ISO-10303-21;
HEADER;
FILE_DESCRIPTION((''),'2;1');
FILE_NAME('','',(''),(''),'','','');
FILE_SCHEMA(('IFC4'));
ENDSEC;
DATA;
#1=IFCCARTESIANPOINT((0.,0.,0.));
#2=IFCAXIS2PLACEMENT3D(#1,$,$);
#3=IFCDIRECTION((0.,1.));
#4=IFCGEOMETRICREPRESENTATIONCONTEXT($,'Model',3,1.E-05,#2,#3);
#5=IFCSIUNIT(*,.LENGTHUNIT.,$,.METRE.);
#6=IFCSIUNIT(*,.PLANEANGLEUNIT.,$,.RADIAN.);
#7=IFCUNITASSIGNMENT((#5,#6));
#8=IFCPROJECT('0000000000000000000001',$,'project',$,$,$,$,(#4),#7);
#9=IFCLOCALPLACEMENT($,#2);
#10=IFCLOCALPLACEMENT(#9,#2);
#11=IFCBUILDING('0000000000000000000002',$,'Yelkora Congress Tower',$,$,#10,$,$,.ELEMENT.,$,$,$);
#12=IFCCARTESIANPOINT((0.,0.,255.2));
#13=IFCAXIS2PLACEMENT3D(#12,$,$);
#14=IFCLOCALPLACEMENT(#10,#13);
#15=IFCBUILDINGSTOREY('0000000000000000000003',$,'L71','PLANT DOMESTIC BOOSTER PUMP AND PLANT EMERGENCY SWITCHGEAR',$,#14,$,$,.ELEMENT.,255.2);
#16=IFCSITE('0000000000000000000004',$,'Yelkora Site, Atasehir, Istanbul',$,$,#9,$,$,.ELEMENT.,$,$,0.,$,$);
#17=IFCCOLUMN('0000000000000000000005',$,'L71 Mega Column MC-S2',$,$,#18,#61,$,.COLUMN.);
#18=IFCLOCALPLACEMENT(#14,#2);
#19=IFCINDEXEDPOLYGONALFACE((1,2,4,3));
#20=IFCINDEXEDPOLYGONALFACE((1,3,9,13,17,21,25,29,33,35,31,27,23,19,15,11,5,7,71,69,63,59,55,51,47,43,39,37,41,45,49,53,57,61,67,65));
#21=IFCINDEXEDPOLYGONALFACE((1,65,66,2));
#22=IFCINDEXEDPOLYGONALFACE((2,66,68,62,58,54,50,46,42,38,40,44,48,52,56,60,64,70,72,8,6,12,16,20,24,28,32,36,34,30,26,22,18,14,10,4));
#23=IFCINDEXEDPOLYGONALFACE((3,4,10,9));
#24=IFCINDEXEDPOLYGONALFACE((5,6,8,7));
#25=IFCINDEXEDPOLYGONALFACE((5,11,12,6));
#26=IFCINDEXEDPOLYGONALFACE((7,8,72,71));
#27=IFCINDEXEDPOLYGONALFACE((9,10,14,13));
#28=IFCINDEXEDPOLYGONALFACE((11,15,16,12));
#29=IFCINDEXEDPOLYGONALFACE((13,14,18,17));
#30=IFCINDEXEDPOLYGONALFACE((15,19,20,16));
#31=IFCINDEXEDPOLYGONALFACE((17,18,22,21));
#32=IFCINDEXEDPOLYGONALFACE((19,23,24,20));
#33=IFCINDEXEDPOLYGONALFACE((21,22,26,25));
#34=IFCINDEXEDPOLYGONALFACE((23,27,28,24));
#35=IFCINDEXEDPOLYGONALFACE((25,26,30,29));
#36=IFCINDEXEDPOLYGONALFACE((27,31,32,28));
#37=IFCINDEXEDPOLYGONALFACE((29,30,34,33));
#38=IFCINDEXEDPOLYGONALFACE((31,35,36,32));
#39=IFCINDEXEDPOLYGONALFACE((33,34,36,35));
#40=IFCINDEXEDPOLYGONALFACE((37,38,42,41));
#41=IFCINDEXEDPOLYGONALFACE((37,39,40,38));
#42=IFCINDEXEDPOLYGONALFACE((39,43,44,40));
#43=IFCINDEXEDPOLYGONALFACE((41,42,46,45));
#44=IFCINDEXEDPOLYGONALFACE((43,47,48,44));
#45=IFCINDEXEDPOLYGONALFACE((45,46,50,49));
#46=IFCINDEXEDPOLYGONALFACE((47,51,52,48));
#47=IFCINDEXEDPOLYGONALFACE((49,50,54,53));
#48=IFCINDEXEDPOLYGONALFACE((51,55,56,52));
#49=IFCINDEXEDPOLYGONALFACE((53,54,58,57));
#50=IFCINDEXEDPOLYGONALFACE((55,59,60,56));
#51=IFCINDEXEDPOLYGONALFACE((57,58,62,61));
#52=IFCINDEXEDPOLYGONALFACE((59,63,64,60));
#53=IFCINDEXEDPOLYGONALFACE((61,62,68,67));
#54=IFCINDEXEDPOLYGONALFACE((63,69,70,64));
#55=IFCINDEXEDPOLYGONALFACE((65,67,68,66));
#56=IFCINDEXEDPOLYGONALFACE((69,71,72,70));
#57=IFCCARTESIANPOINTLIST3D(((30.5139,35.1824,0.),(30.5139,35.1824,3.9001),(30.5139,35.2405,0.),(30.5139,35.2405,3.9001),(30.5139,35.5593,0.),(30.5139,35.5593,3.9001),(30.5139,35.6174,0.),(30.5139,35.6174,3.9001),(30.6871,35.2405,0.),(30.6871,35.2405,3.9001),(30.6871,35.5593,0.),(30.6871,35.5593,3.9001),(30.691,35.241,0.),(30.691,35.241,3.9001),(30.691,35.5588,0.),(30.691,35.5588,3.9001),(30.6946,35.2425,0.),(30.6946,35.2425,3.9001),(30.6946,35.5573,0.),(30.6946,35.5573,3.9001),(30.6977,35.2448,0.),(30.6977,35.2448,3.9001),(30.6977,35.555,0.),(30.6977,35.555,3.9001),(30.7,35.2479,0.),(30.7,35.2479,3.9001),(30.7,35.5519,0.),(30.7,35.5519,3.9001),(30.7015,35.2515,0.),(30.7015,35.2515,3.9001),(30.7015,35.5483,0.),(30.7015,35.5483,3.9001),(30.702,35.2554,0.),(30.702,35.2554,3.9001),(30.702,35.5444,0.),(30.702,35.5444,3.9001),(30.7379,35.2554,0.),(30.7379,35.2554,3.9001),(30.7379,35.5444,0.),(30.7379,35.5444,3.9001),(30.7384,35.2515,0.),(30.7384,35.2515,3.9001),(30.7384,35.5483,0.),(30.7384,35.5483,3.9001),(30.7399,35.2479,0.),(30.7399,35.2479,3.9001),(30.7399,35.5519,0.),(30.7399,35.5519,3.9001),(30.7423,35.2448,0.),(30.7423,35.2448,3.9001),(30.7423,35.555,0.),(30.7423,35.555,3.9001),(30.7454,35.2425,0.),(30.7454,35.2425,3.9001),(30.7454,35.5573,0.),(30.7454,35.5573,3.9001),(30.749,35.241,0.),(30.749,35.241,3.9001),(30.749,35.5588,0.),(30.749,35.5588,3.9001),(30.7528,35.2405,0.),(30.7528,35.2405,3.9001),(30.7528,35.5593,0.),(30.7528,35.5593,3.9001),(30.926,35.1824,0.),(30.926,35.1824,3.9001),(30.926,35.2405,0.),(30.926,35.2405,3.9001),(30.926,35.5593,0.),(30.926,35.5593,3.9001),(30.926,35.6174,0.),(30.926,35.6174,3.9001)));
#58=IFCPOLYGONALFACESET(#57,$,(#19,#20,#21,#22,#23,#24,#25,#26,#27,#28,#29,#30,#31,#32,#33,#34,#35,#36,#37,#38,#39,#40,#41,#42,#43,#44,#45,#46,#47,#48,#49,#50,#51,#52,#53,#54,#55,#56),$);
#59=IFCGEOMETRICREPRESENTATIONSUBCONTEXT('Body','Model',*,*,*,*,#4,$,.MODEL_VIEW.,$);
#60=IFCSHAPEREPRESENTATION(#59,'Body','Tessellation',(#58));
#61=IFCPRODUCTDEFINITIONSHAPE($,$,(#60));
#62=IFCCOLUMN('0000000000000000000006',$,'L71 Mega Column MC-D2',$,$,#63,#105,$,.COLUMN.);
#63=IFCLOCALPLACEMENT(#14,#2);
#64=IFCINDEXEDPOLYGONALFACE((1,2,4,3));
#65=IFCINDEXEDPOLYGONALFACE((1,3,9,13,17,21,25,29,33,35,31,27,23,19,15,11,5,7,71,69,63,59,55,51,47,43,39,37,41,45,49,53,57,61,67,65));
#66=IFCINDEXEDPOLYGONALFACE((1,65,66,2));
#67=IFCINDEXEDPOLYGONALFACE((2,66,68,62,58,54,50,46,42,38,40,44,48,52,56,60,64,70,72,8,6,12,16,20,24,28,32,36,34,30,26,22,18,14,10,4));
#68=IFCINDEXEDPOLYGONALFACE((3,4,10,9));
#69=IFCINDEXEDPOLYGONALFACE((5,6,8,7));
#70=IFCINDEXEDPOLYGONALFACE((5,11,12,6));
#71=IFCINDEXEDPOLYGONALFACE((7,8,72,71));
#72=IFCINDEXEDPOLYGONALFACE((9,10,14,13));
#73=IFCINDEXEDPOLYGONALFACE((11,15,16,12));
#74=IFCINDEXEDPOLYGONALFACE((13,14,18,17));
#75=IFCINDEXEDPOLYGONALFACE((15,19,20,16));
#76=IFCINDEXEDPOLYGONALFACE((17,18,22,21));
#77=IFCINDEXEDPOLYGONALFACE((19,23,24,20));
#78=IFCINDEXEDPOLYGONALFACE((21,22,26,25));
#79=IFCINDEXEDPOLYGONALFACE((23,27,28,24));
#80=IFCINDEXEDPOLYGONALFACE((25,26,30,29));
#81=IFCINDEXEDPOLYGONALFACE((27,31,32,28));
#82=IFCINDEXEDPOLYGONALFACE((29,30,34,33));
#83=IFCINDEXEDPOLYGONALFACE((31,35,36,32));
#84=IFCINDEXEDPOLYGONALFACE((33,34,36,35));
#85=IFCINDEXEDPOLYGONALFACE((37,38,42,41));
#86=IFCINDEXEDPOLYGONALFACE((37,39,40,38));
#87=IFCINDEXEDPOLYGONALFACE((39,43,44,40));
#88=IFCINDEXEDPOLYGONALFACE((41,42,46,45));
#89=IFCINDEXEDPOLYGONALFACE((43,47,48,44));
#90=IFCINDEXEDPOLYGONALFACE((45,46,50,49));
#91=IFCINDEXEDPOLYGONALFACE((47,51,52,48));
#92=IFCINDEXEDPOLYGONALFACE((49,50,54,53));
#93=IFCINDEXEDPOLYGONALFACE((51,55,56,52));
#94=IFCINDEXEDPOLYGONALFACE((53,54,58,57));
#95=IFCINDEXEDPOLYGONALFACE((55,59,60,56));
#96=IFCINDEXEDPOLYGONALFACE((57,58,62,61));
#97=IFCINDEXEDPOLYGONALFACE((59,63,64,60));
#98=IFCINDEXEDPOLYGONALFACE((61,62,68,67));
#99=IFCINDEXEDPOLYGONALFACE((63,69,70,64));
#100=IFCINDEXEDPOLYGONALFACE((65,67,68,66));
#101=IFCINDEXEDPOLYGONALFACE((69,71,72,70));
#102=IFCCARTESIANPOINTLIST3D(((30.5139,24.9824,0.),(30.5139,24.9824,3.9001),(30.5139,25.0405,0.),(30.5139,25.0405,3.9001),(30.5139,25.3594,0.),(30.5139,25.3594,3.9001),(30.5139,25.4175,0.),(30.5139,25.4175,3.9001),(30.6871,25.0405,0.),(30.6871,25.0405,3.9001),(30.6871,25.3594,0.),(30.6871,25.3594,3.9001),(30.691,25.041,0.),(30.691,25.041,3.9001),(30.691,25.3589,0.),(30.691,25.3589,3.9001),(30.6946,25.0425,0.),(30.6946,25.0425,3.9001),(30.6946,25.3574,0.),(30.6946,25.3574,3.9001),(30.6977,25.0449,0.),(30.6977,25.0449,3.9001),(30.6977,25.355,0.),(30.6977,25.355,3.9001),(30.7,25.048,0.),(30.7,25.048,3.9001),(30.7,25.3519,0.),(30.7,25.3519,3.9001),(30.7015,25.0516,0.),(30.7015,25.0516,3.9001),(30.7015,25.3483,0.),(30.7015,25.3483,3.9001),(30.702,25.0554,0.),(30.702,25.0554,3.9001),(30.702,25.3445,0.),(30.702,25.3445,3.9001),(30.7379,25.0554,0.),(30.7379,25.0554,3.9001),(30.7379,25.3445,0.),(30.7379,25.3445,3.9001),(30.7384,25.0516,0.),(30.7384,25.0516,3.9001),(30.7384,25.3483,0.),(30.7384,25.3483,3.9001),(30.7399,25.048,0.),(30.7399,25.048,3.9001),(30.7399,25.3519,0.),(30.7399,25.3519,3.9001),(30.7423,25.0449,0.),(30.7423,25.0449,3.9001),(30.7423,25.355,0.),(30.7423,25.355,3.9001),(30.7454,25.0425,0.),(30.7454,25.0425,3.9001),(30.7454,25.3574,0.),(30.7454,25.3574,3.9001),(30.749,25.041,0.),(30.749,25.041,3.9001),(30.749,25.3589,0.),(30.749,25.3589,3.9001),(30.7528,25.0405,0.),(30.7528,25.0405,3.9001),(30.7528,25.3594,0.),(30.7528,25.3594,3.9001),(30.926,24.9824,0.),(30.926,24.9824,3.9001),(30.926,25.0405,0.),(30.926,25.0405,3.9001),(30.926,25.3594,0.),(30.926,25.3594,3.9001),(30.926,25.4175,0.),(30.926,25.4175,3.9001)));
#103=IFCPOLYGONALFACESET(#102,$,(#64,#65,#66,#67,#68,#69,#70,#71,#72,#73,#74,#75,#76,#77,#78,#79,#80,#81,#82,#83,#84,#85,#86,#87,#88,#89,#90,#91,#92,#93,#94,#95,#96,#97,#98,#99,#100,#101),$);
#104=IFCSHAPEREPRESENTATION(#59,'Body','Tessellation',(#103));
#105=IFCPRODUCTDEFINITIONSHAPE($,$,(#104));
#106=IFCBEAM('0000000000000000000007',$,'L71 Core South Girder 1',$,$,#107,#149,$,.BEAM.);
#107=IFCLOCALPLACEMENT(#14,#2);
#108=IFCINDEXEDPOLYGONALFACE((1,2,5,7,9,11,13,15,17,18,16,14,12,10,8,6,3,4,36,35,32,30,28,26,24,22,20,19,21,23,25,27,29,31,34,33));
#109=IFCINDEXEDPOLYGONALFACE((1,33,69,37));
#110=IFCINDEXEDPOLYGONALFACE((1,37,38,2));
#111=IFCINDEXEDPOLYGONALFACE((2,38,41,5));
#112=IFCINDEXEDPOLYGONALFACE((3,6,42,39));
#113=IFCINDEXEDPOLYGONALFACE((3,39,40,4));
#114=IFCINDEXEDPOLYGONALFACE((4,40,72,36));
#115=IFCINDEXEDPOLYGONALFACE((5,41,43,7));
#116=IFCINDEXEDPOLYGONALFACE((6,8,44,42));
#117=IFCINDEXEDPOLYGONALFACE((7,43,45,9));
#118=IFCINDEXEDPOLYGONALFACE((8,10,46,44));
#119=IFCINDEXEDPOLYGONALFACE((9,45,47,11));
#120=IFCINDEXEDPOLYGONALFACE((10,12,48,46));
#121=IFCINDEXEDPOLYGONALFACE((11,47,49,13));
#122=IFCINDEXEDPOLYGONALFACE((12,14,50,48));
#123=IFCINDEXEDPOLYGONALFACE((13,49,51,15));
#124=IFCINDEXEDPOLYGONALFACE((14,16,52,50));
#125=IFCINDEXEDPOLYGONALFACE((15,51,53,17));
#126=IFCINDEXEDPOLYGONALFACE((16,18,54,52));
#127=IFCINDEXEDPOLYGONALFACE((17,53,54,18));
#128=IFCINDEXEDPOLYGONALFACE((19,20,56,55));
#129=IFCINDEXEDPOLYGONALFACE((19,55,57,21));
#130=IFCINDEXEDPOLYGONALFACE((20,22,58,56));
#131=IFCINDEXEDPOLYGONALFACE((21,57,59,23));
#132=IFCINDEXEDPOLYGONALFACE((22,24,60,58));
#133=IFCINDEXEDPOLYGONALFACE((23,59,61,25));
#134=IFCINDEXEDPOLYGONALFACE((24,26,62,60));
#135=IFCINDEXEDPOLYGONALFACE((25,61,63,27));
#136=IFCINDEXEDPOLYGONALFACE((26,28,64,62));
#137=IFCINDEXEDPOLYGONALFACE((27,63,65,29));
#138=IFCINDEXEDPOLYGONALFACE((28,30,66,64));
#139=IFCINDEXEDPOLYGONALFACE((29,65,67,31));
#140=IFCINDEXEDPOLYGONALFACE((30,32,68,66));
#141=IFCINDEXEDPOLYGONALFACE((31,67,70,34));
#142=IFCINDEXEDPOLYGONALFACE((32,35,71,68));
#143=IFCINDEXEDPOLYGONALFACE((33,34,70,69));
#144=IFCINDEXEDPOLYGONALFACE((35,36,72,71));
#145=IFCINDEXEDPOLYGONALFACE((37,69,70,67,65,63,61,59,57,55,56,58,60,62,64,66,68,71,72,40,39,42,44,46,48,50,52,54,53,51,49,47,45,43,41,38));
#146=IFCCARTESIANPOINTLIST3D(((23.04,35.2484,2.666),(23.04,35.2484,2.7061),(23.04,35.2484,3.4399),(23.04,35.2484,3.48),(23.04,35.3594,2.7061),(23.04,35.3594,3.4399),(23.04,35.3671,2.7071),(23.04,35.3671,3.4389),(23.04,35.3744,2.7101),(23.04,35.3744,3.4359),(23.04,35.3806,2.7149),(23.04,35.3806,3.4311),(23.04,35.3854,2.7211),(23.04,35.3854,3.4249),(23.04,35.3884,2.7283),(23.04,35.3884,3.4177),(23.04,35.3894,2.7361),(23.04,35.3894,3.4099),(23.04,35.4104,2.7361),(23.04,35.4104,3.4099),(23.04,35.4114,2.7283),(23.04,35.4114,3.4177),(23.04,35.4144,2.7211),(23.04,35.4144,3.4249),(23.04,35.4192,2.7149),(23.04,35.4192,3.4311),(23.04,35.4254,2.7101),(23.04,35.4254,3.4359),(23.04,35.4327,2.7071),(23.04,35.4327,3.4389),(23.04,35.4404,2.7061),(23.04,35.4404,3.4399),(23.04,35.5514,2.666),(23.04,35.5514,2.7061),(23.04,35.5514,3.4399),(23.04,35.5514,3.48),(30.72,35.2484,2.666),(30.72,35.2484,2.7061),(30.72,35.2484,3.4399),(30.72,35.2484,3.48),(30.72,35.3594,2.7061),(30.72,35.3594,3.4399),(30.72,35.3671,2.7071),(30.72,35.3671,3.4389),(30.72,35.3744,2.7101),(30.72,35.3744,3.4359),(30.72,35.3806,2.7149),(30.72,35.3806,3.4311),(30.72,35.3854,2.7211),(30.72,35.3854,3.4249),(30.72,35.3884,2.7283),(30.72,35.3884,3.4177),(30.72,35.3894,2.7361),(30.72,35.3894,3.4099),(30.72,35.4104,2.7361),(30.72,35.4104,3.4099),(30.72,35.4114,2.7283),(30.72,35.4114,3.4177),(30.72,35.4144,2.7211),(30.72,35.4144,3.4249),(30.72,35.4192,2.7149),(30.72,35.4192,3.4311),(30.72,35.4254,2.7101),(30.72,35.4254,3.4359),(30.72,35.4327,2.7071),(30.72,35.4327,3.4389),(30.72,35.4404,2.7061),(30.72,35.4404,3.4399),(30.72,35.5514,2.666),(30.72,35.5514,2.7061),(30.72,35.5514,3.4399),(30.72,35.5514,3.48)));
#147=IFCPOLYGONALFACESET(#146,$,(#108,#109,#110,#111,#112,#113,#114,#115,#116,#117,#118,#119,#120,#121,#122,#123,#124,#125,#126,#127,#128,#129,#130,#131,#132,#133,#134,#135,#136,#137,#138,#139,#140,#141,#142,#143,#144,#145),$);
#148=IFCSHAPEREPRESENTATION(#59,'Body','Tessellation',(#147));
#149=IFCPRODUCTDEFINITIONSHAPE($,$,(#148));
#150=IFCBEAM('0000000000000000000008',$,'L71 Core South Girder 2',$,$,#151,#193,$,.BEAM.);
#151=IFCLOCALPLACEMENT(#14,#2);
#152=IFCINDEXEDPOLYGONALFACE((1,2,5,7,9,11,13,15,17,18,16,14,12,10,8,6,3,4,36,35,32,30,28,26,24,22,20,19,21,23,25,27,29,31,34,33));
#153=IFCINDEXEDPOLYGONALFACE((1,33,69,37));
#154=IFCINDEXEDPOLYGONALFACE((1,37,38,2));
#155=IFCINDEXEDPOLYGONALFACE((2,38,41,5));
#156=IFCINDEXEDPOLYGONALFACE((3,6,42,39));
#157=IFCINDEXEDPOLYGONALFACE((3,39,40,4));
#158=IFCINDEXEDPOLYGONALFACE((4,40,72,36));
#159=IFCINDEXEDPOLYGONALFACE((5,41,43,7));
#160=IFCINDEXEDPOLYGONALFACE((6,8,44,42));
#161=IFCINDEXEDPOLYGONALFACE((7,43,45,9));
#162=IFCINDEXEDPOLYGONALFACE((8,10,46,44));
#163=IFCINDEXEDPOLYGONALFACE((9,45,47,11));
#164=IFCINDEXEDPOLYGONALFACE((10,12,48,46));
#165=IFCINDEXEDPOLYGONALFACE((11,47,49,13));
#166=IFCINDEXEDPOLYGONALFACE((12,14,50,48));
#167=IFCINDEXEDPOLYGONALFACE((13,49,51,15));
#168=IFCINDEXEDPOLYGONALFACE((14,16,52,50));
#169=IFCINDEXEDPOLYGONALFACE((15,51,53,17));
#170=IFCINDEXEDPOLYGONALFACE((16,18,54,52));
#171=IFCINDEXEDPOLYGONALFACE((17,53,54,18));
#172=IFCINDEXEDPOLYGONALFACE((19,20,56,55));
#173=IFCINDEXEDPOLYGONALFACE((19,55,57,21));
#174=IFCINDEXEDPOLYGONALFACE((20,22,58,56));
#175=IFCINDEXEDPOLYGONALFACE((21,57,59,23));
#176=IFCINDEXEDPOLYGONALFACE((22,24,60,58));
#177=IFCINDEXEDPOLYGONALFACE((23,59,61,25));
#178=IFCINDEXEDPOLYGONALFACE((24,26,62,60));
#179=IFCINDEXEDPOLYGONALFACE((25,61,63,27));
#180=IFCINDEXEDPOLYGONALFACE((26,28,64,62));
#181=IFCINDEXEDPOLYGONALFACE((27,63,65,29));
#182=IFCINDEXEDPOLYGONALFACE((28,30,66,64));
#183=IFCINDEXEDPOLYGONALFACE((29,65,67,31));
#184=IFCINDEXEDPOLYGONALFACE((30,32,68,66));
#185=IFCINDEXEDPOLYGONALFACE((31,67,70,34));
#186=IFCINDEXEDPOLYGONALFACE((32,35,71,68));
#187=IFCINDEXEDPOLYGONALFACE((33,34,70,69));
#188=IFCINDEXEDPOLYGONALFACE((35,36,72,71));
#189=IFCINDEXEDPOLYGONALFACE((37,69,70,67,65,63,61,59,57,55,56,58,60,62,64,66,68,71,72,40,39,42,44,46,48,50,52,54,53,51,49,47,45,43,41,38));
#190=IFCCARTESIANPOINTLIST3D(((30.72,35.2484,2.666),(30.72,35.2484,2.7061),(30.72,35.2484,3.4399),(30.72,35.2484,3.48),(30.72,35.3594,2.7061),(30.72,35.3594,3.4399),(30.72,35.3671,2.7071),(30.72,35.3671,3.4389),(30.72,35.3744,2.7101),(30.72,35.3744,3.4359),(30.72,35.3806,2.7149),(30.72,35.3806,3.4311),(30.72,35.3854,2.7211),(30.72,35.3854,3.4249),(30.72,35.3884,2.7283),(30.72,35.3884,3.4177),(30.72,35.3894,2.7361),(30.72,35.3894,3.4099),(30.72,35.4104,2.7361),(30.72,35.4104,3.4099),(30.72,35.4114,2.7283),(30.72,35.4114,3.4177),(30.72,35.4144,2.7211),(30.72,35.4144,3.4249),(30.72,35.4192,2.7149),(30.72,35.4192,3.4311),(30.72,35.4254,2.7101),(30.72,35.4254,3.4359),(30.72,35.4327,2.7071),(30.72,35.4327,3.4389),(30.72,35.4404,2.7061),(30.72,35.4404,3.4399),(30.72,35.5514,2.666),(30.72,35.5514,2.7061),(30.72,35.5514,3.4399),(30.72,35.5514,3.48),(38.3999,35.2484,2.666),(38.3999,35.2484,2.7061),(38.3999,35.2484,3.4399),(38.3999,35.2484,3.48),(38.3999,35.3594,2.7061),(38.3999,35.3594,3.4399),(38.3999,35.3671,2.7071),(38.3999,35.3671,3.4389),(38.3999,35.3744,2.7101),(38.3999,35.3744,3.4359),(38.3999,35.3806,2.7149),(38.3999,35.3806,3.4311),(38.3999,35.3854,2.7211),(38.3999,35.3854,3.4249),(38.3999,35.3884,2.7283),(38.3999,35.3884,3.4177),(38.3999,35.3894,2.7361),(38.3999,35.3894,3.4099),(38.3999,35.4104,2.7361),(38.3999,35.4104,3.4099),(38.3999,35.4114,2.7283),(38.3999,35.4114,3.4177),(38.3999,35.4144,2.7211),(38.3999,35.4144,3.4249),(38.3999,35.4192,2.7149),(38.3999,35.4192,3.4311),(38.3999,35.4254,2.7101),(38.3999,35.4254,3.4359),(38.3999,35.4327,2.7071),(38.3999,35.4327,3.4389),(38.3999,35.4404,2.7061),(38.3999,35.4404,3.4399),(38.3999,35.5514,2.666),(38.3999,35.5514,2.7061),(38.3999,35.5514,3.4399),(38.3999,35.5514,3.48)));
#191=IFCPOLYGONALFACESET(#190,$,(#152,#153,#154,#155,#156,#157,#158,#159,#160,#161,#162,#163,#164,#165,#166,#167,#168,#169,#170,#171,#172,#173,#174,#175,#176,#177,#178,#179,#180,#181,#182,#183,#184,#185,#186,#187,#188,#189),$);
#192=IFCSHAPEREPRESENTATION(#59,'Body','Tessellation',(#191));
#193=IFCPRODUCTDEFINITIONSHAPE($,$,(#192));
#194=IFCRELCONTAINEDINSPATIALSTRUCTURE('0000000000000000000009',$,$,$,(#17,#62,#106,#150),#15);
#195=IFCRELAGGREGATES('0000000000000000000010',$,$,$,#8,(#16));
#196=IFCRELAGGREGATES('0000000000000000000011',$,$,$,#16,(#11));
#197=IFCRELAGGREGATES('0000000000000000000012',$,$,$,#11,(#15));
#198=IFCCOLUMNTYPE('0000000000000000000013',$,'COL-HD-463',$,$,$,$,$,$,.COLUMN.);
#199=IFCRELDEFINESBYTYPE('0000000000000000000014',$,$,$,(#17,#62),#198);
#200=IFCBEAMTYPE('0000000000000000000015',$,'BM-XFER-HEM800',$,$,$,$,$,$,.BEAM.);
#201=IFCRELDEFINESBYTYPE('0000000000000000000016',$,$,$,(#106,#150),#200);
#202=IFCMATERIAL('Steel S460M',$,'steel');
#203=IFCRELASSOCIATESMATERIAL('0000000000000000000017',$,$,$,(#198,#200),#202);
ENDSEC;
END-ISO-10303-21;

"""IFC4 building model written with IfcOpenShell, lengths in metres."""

from ifc_helpers import new_model, si_unit, direction, frame, origin, origin_2d, place, context, subcontext, project, spatial, i_section, extrude, material, material_profile, profile_set, type_object, element, save


model = new_model("IFC4")

# Units and contexts
model_context = context("Model", 3, precision=1e-05, world=origin(), true_north=direction((0.0, 1.0)))
body_context = subcontext(model_context, "Body", "Model", "MODEL_VIEW")
ifc_project = project(units=[si_unit("LENGTHUNIT", "METRE"), si_unit("PLANEANGLEUNIT", "RADIAN")], contexts=[model_context])

# Site, building, storey
site_placement = place(None, origin())
site = spatial("IfcSite", under=ifc_project, at=site_placement, Name="Yelkora Site, Atasehir, Istanbul", CompositionType="ELEMENT", RefElevation=0.0)
building_placement = place(site_placement, origin())
building = spatial("IfcBuilding", under=site, at=building_placement, Name="Yelkora Congress Tower", CompositionType="ELEMENT")
storey_placement = place(building_placement, frame((0.0, 0.0, 255.2)))
storey = spatial("IfcBuildingStorey", under=building, at=storey_placement, Name="L71", Description="PLANT DOMESTIC BOOSTER PUMP AND PLANT EMERGENCY SWITCHGEAR", CompositionType="ELEMENT", Elevation=255.2)

# Columns
ifc_material_1 = material(Name="Steel S460M", Category="steel")
ifc_material_profile_1 = material_profile(ifc_material_1, i_section(OverallWidth=0.4121, OverallDepth=0.4351, WebThickness=0.0359, FlangeThickness=0.0581, FilletRadius=0.0149, at=origin_2d()), Name="HD 400x463")
ifc_profile_set_1 = profile_set([ifc_material_profile_1], Name="Steel S460M")
column_type = type_object("IfcColumnType", Name="COL-HD-463", PredefinedType="COLUMN", material=ifc_profile_set_1)
for number, where, z_axis, x_axis, name in (
    (1, (30.72, 35.3999, 0.0), (0.0, 0.0, 1.0), (1.0, 0.0, 0.0), "L71 Mega Column MC-S2"),
    (2, (30.72, 25.2, 0.0), (0.0, 0.0, 1.0), (1.0, 0.0, 0.0), "L71 Mega Column MC-D2"),
):
    element("IfcColumn", number, at=place(storey_placement, frame(where, z_axis=z_axis, x_axis=x_axis)), inside=storey, type_object=column_type, Name=name, PredefinedType="COLUMN", context=body_context, shape_type="SweptSolid", body=[
        extrude(i_section(OverallWidth=0.4121, OverallDepth=0.4351, WebThickness=0.0359, FlangeThickness=0.0581, FilletRadius=0.0149, at=origin_2d()), origin(), (0.0, 0.0, 1.0), 3.9001),
    ])

# Beams
ifc_material_profile_2 = material_profile(ifc_material_1, i_section(OverallWidth=0.303, OverallDepth=0.814, WebThickness=0.021, FlangeThickness=0.04, FilletRadius=0.03, at=origin_2d()), Name="HEM 800")
ifc_profile_set_2 = profile_set([ifc_material_profile_2], Name="Steel S460M")
beam_type_1 = type_object("IfcBeamType", Name="BM-XFER-HEM800", PredefinedType="BEAM", material=ifc_profile_set_2)
for number, where, z_axis, x_axis, name in (
    (3, (23.04, 35.3999, 3.073), (1.0, 0.0, 0.0), (0.0, 1.0, 0.0), "L71 Core South Girder 1"),
    (4, (30.72, 35.3999, 3.073), (1.0, 0.0, 0.0), (0.0, 1.0, 0.0), "L71 Core South Girder 2"),
):
    element("IfcBeam", number, at=place(storey_placement, frame(where, z_axis=z_axis, x_axis=x_axis)), inside=storey, type_object=beam_type_1, Name=name, PredefinedType="BEAM", context=body_context, shape_type="SweptSolid", body=[
        extrude(i_section(OverallWidth=0.303, OverallDepth=0.814, WebThickness=0.021, FlangeThickness=0.04, FilletRadius=0.03, at=origin_2d()), origin(), (0.0, 0.0, 1.0), 7.6799),
    ])

save(model, "model.ifc")
